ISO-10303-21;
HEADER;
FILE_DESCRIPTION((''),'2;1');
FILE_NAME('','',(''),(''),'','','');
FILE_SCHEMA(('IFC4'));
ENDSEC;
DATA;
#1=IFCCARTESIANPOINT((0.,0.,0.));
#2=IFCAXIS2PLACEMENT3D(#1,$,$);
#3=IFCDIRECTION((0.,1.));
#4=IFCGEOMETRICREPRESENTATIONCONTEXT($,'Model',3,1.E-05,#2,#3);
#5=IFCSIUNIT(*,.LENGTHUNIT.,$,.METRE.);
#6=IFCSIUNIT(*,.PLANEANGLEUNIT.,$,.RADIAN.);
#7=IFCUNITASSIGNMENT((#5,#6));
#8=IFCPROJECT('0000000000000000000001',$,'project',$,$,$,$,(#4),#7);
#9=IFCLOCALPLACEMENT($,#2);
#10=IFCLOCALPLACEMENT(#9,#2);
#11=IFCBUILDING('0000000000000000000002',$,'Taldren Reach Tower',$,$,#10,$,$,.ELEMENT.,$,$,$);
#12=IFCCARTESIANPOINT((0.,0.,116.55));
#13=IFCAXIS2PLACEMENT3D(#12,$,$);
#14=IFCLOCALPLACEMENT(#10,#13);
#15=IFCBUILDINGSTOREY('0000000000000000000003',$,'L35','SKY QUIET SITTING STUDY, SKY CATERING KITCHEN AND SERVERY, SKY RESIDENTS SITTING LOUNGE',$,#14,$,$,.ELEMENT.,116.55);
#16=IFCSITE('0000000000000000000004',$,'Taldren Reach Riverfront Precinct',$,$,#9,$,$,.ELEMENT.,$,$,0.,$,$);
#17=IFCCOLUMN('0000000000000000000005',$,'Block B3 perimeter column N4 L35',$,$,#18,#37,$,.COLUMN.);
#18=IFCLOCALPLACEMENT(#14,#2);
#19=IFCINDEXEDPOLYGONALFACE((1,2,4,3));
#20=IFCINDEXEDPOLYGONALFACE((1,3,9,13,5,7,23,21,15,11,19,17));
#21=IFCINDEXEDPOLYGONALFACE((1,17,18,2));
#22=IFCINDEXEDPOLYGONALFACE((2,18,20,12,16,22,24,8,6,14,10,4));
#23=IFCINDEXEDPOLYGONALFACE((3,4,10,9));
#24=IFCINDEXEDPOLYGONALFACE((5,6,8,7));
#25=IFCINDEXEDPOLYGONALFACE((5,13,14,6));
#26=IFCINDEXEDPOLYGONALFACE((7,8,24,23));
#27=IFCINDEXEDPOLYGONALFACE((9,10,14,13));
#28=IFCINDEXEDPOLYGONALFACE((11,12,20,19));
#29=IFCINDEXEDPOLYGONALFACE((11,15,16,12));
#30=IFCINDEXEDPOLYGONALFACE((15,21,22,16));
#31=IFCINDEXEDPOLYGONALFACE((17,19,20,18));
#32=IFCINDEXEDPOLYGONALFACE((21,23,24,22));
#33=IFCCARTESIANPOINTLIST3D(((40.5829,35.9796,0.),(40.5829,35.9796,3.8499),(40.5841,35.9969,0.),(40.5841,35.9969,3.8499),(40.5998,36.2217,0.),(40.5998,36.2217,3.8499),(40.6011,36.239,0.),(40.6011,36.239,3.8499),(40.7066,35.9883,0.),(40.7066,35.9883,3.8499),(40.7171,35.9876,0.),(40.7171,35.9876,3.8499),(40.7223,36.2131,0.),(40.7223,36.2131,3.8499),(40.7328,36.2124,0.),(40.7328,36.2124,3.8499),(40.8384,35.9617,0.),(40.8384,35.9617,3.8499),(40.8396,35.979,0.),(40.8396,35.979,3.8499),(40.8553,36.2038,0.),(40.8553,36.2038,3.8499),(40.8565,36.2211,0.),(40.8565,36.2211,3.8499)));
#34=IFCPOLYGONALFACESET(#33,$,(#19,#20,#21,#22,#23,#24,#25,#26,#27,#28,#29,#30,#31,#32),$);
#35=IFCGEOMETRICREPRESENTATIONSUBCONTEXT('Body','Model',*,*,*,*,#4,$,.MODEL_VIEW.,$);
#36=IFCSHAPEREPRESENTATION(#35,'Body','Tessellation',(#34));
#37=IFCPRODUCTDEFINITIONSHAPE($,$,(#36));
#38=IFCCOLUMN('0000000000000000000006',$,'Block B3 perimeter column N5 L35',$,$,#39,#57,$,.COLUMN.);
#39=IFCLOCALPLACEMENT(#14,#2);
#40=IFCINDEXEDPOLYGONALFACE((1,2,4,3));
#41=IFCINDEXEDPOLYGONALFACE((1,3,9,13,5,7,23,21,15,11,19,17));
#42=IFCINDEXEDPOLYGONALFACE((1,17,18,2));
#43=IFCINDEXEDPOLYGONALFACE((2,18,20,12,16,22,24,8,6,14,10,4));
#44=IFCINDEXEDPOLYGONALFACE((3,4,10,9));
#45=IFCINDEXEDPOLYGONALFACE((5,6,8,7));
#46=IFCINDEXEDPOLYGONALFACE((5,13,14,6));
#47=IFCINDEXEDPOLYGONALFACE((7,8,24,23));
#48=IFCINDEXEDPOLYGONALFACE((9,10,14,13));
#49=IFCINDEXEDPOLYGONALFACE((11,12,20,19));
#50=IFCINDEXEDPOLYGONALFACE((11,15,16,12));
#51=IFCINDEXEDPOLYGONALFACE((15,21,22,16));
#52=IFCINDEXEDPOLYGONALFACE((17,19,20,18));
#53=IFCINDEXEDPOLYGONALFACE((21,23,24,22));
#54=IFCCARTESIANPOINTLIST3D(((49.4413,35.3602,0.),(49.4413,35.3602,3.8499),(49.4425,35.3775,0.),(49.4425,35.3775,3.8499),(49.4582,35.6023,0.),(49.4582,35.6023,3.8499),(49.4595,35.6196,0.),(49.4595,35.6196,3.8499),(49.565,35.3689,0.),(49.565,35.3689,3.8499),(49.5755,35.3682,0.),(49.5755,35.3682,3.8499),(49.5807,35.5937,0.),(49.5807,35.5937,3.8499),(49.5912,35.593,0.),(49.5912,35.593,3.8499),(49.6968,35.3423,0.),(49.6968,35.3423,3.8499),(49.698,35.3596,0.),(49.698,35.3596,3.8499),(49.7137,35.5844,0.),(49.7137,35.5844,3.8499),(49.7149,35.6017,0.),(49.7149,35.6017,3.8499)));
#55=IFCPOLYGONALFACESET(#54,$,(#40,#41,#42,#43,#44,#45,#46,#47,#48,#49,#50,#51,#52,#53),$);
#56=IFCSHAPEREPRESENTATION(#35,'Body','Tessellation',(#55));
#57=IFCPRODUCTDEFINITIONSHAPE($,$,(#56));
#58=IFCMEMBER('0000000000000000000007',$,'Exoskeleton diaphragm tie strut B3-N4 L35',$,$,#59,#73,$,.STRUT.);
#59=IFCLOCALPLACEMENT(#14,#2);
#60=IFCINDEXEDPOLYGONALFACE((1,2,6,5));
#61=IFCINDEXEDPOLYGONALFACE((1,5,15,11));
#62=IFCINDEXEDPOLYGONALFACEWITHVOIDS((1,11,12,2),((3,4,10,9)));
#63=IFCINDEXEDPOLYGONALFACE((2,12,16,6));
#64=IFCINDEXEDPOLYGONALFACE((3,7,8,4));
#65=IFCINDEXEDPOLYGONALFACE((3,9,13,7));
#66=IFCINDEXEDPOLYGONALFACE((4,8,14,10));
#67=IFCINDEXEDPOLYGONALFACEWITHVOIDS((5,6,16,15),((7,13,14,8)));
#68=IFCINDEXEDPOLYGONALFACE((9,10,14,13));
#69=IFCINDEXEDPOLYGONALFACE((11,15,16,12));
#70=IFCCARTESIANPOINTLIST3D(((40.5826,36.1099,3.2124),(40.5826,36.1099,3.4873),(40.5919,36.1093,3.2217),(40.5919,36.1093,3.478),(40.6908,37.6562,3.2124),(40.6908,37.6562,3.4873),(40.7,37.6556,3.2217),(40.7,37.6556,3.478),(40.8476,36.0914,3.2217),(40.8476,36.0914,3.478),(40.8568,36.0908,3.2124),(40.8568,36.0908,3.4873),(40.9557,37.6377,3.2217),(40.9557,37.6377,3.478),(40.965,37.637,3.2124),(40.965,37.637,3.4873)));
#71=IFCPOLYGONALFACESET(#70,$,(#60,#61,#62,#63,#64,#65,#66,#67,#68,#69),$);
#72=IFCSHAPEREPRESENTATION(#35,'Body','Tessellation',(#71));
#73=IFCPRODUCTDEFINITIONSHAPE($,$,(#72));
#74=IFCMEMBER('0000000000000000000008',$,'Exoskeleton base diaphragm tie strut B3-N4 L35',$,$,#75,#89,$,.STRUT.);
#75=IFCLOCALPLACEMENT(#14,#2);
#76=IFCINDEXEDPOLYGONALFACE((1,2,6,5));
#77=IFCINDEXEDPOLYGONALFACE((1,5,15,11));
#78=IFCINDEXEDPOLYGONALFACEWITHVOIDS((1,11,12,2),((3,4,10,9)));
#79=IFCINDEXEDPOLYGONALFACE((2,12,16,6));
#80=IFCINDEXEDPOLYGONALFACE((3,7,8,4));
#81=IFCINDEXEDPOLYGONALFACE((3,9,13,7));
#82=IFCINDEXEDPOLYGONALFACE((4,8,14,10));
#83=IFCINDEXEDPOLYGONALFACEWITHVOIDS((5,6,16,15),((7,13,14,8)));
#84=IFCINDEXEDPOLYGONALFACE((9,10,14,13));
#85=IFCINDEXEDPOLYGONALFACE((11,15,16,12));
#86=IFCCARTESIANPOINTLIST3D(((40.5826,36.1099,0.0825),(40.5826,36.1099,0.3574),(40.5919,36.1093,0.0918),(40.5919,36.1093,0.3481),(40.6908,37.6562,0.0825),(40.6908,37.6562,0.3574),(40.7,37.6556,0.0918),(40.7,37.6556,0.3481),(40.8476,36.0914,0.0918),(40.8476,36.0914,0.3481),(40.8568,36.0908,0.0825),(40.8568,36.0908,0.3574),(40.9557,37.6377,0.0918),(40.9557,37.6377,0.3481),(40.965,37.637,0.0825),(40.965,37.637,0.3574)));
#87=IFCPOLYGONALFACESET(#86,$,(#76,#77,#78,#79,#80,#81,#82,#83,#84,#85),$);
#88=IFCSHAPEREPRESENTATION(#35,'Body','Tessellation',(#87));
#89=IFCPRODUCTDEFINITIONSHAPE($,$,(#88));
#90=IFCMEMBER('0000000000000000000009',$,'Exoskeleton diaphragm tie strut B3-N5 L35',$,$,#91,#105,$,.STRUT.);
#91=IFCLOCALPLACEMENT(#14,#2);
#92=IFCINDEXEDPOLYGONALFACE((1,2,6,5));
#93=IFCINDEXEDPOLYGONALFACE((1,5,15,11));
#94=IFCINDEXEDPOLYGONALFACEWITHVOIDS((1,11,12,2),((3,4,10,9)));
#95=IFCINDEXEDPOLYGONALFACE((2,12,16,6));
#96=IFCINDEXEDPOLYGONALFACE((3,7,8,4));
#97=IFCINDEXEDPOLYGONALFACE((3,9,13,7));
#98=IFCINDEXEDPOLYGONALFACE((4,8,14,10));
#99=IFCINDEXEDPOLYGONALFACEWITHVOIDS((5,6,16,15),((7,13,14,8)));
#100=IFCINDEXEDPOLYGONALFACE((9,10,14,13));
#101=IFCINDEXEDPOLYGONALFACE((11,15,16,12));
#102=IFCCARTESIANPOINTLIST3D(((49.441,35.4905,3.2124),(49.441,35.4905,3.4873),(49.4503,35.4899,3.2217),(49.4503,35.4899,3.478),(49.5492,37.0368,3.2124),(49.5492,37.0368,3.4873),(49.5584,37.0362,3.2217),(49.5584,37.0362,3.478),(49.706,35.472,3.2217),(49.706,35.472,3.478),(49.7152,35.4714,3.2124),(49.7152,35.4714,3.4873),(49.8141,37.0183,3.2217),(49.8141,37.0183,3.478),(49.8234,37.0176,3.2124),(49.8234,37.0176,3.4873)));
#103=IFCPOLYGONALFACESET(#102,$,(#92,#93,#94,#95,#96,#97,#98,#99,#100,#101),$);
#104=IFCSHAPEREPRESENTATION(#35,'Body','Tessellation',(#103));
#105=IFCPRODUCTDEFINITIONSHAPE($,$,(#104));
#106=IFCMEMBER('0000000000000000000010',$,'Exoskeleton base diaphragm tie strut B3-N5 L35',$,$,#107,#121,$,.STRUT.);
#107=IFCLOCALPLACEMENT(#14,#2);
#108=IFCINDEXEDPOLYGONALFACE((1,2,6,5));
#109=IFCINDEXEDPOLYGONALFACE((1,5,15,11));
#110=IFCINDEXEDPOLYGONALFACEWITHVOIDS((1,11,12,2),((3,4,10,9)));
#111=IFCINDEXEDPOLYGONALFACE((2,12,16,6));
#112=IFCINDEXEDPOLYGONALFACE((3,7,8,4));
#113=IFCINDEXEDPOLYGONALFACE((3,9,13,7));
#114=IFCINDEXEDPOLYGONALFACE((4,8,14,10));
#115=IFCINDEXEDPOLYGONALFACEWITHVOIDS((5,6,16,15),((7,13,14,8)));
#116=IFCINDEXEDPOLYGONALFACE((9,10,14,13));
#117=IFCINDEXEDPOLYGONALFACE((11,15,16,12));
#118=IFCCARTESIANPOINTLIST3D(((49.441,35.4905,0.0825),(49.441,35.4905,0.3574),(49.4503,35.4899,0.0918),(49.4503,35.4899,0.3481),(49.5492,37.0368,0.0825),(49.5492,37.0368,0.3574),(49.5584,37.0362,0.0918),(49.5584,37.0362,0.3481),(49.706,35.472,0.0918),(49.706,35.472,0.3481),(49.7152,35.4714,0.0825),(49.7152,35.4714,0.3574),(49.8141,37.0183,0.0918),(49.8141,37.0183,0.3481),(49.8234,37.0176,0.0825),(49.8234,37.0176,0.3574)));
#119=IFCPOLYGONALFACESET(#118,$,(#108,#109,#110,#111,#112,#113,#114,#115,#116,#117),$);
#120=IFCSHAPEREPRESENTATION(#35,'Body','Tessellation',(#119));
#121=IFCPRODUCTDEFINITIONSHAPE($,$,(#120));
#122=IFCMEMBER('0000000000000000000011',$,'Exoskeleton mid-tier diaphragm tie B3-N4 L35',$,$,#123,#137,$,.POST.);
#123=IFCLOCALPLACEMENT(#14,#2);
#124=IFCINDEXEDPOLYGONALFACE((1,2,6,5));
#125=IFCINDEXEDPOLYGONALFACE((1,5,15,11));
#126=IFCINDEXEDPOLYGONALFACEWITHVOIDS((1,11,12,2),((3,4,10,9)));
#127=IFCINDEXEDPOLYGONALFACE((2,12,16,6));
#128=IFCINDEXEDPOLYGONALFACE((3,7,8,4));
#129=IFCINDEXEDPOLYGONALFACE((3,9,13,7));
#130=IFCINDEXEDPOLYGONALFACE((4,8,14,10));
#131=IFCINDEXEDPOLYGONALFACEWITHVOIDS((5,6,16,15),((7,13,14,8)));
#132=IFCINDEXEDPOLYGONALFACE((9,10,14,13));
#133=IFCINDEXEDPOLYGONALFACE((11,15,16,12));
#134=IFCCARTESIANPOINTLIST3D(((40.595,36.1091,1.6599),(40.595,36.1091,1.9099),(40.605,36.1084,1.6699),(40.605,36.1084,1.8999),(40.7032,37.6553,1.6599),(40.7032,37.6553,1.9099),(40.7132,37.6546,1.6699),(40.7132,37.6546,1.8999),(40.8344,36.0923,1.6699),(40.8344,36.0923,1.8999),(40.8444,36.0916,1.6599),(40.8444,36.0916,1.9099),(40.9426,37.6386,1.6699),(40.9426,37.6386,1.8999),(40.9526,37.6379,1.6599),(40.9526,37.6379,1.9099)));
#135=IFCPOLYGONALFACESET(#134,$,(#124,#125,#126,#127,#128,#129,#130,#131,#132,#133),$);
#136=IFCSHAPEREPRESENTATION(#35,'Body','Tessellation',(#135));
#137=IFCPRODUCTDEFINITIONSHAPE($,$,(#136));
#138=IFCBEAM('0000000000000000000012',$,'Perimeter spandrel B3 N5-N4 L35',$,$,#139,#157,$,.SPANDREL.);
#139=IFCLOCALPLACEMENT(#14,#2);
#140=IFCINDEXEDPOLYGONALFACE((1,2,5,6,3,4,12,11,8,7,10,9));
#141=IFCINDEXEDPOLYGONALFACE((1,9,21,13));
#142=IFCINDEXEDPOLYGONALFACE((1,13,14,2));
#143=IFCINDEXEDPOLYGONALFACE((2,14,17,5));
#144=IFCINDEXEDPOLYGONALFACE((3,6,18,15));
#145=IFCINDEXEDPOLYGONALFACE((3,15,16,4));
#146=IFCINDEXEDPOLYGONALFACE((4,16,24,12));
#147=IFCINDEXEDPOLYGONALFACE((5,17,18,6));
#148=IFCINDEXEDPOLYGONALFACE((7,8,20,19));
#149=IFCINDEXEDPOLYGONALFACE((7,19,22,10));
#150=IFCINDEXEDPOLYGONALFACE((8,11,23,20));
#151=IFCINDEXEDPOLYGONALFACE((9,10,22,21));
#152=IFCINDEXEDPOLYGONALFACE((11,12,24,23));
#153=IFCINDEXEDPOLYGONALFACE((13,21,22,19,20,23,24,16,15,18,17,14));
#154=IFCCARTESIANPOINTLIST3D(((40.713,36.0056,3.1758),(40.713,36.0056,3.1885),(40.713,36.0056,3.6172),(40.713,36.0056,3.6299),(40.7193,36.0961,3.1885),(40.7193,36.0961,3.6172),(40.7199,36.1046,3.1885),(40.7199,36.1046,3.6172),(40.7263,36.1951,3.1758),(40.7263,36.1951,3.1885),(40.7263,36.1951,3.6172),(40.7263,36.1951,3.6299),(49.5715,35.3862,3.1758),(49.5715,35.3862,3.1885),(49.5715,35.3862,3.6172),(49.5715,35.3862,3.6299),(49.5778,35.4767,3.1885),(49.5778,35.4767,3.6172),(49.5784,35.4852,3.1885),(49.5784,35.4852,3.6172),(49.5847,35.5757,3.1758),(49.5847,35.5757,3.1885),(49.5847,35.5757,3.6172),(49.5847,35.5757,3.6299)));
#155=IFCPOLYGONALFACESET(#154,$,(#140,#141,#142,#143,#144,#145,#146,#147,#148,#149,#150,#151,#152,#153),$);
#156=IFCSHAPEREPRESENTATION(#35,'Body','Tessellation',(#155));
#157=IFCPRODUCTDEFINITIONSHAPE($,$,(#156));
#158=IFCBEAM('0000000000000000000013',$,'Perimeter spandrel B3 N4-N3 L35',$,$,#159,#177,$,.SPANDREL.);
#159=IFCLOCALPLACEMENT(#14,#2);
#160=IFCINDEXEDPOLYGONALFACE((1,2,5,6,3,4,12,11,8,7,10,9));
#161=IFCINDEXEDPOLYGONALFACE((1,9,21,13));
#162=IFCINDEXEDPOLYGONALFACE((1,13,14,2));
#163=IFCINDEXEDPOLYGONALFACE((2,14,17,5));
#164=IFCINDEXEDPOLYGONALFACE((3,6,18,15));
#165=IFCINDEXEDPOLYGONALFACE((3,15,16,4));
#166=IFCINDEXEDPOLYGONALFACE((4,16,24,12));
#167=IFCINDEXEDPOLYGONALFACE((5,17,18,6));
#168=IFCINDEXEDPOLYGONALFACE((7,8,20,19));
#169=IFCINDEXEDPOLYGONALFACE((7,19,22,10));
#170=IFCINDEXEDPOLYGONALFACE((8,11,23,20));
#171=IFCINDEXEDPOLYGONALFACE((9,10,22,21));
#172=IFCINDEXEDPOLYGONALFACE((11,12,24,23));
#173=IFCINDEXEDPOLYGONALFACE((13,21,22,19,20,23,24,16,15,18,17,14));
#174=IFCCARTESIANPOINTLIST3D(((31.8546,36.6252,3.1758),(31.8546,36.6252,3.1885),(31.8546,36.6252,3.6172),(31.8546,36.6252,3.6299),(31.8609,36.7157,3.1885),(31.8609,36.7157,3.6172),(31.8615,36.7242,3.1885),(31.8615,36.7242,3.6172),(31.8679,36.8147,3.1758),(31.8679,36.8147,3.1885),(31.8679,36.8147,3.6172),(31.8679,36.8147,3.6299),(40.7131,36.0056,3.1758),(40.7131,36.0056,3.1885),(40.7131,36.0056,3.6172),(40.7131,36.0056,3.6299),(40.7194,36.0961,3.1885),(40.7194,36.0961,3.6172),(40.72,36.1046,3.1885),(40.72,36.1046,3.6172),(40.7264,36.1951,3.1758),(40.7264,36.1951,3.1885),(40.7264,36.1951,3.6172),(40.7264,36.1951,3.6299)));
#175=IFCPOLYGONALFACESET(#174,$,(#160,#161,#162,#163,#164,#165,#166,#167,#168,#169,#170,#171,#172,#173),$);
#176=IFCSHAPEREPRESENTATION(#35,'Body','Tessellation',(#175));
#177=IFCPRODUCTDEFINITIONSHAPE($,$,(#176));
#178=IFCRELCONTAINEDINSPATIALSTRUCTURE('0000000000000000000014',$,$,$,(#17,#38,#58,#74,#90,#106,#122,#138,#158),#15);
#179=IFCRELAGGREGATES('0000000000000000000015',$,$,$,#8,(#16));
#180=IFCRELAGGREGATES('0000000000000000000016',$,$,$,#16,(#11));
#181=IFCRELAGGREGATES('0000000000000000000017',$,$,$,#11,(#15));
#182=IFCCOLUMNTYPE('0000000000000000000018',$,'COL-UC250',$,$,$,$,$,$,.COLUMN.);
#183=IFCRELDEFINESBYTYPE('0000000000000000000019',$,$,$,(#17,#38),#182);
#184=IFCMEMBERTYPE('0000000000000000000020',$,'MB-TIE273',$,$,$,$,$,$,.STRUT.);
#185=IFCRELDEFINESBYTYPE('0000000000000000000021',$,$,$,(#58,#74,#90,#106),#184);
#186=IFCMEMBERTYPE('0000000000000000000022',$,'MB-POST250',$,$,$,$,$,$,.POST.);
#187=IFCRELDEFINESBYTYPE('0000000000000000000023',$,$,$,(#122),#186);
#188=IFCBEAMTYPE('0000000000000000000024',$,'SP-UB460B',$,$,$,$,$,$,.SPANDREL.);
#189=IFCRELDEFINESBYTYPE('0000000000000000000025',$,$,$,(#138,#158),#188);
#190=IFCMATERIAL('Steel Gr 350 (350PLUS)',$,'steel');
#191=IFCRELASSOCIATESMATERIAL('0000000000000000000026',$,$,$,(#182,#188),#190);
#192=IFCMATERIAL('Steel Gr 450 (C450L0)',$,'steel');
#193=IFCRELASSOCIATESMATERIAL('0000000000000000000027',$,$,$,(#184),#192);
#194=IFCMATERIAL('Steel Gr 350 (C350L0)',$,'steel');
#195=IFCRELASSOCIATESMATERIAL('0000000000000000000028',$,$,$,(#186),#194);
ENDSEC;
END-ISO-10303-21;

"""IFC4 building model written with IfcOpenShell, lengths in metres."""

from ifc_helpers import new_model, si_unit, direction, frame, origin, origin_2d, place, context, subcontext, project, spatial, hollow_rectangle, i_section, extrude, source, transform, mapped, material, material_profile, profile_set, type_object, element, save


model = new_model("IFC4")

# Units and contexts
model_context = context("Model", 3, precision=1e-05, world=origin(), true_north=direction((0.0, 1.0)))
body_context = subcontext(model_context, "Body", "Model", "MODEL_VIEW")
ifc_project = project(units=[si_unit("LENGTHUNIT", "METRE"), si_unit("PLANEANGLEUNIT", "RADIAN")], contexts=[model_context])

# Site, building, storey
site_placement = place(None, origin())
site = spatial("IfcSite", under=ifc_project, at=site_placement, Name="Taldren Reach Riverfront Precinct", CompositionType="ELEMENT", RefElevation=0.0)
building_placement = place(site_placement, origin())
building = spatial("IfcBuilding", under=site, at=building_placement, Name="Taldren Reach Tower", CompositionType="ELEMENT")
storey_placement = place(building_placement, frame((0.0, 0.0, 116.55)))
storey = spatial("IfcBuildingStorey", under=building, at=storey_placement, Name="L35", Description="SKY QUIET SITTING STUDY, SKY CATERING KITCHEN AND SERVERY, SKY RESIDENTS SITTING LOUNGE", CompositionType="ELEMENT", Elevation=116.55)

# Columns
ifc_material_1 = material(Name="Steel Gr 350 (350PLUS)", Category="steel")
ifc_material_profile_1 = material_profile(ifc_material_1, i_section(OverallWidth=0.2561, OverallDepth=0.26, WebThickness=0.0105, FlangeThickness=0.0173, at=origin_2d()), Name="250UC89.5")
ifc_profile_set_1 = profile_set([ifc_material_profile_1], Name="Steel Gr 350 (350PLUS)")
column_type = type_object("IfcColumnType", Name="COL-UC250", PredefinedType="COLUMN", material=ifc_profile_set_1)
shared_shape_1 = source(origin(), body_context, "Body", "SweptSolid", [
    extrude(i_section(OverallWidth=0.2561, OverallDepth=0.26, WebThickness=0.0105, FlangeThickness=0.0173, at=origin_2d()), origin(), (0.0, 0.0, 1.0), 3.8499),
])
for number, where, z_axis, x_axis, name in (
    (1, (40.7197, 36.1003, 0.0), (0.0, 0.0, 1.0), (0.997564, -0.069756, 0.0), "Block B3 perimeter column N4 L35"),
    (2, (49.5781, 35.481, 0.0), (0.0, 0.0, 1.0), (0.997564, -0.069756, 0.0), "Block B3 perimeter column N5 L35"),
):
    element("IfcColumn", number, at=place(storey_placement, frame(where, z_axis=z_axis, x_axis=x_axis)), inside=storey, type_object=column_type, Name=name, PredefinedType="COLUMN", context=body_context, shape_type="MappedRepresentation", body=[
        mapped(shared_shape_1, transform((0.0, 0.0, 0.0), scale=1.0)),
    ])

# Members
ifc_material_2 = material(Name="Steel Gr 450 (C450L0)", Category="steel")
ifc_material_profile_2 = material_profile(ifc_material_2, hollow_rectangle(XDim=0.2749, YDim=0.2749, WallThickness=0.0093, at=origin_2d()), Name="275x275x9.3SHS")
ifc_profile_set_2 = profile_set([ifc_material_profile_2], Name="Steel Gr 450 (C450L0)")
member_type_1 = type_object("IfcMemberType", Name="MB-TIE273", PredefinedType="STRUT", material=ifc_profile_set_2)
shared_shape_2 = source(origin(), body_context, "Body", "SweptSolid", [
    extrude(hollow_rectangle(XDim=0.2749, YDim=0.2749, WallThickness=0.0093, at=origin_2d()), origin(), (0.0, 0.0, 1.0), 1.55),
])
for number, where, z_axis, x_axis, name in (
    (3, (40.7197, 36.1003, 3.3499), (0.06977, 0.997563, 0.0), (-0.997563, 0.06977, 0.0), "Exoskeleton diaphragm tie strut B3-N4 L35"),
    (4, (40.7197, 36.1003, 0.22), (0.06977, 0.997563, 0.0), (-0.997563, 0.06977, 0.0), "Exoskeleton base diaphragm tie strut B3-N4 L35"),
    (5, (49.5781, 35.481, 3.3499), (0.06977, 0.997563, 0.0), (-0.997563, 0.06977, 0.0), "Exoskeleton diaphragm tie strut B3-N5 L35"),
    (6, (49.5781, 35.481, 0.22), (0.06977, 0.997563, 0.0), (-0.997563, 0.06977, 0.0), "Exoskeleton base diaphragm tie strut B3-N5 L35"),
):
    element("IfcMember", number, at=place(storey_placement, frame(where, z_axis=z_axis, x_axis=x_axis)), inside=storey, type_object=member_type_1, Name=name, PredefinedType="STRUT", context=body_context, shape_type="MappedRepresentation", body=[
        mapped(shared_shape_2, transform((0.0, 0.0, 0.0), scale=1.0)),
    ])
ifc_material_3 = material(Name="Steel Gr 350 (C350L0)", Category="steel")
ifc_material_profile_3 = material_profile(ifc_material_3, hollow_rectangle(XDim=0.25, YDim=0.25, WallThickness=0.01, at=origin_2d()), Name="250x250x10.0SHS")
ifc_profile_set_3 = profile_set([ifc_material_profile_3], Name="Steel Gr 350 (C350L0)")
member_type_2 = type_object("IfcMemberType", Name="MB-POST250", PredefinedType="POST", material=ifc_profile_set_3)
shared_shape_3 = source(origin(), body_context, "Body", "SweptSolid", [
    extrude(hollow_rectangle(XDim=0.25, YDim=0.25, WallThickness=0.01, at=origin_2d()), origin(), (0.0, 0.0, 1.0), 1.55),
])
member_1_placement = place(storey_placement, frame((40.7197, 36.1003, 1.7849), z_axis=(0.06977, 0.997563, 0.0), x_axis=(-0.997563, 0.06977, 0.0)))
element("IfcMember", 7, at=member_1_placement, inside=storey, type_object=member_type_2, Name="Exoskeleton mid-tier diaphragm tie B3-N4 L35", PredefinedType="POST", context=body_context, shape_type="MappedRepresentation", body=[
    mapped(shared_shape_3, transform((0.0, 0.0, 0.0), scale=1.0)),
])

# Beams
ifc_material_profile_4 = material_profile(ifc_material_1, i_section(OverallWidth=0.1899, OverallDepth=0.4541, WebThickness=0.0085, FlangeThickness=0.0127, at=origin_2d()), Name="460UB67.1")
ifc_profile_set_4 = profile_set([ifc_material_profile_4], Name="Steel Gr 350 (350PLUS)")
beam_type = type_object("IfcBeamType", Name="SP-UB460B", PredefinedType="SPANDREL", material=ifc_profile_set_4)
shared_shape_4 = source(origin(), body_context, "Body", "SweptSolid", [
    extrude(i_section(OverallWidth=0.1899, OverallDepth=0.4541, WebThickness=0.0085, FlangeThickness=0.0127, at=origin_2d()), origin(), (0.0, 0.0, 1.0), 8.8801),
])
for number, where, z_axis, x_axis, name in (
    (8, (49.5781, 35.481, 3.4028), (-0.997564, 0.06975, 0.0), (-0.06975, -0.997564, 0.0), "Perimeter spandrel B3 N5-N4 L35"),
    (9, (40.7197, 36.1003, 3.4028), (-0.997563, 0.069778, 0.0), (-0.069778, -0.997563, 0.0), "Perimeter spandrel B3 N4-N3 L35"),
):
    element("IfcBeam", number, at=place(storey_placement, frame(where, z_axis=z_axis, x_axis=x_axis)), inside=storey, type_object=beam_type, Name=name, PredefinedType="SPANDREL", context=body_context, shape_type="MappedRepresentation", body=[
        mapped(shared_shape_4, transform((0.0, 0.0, 0.0), scale=1.0)),
    ])

save(model, "model.ifc")
